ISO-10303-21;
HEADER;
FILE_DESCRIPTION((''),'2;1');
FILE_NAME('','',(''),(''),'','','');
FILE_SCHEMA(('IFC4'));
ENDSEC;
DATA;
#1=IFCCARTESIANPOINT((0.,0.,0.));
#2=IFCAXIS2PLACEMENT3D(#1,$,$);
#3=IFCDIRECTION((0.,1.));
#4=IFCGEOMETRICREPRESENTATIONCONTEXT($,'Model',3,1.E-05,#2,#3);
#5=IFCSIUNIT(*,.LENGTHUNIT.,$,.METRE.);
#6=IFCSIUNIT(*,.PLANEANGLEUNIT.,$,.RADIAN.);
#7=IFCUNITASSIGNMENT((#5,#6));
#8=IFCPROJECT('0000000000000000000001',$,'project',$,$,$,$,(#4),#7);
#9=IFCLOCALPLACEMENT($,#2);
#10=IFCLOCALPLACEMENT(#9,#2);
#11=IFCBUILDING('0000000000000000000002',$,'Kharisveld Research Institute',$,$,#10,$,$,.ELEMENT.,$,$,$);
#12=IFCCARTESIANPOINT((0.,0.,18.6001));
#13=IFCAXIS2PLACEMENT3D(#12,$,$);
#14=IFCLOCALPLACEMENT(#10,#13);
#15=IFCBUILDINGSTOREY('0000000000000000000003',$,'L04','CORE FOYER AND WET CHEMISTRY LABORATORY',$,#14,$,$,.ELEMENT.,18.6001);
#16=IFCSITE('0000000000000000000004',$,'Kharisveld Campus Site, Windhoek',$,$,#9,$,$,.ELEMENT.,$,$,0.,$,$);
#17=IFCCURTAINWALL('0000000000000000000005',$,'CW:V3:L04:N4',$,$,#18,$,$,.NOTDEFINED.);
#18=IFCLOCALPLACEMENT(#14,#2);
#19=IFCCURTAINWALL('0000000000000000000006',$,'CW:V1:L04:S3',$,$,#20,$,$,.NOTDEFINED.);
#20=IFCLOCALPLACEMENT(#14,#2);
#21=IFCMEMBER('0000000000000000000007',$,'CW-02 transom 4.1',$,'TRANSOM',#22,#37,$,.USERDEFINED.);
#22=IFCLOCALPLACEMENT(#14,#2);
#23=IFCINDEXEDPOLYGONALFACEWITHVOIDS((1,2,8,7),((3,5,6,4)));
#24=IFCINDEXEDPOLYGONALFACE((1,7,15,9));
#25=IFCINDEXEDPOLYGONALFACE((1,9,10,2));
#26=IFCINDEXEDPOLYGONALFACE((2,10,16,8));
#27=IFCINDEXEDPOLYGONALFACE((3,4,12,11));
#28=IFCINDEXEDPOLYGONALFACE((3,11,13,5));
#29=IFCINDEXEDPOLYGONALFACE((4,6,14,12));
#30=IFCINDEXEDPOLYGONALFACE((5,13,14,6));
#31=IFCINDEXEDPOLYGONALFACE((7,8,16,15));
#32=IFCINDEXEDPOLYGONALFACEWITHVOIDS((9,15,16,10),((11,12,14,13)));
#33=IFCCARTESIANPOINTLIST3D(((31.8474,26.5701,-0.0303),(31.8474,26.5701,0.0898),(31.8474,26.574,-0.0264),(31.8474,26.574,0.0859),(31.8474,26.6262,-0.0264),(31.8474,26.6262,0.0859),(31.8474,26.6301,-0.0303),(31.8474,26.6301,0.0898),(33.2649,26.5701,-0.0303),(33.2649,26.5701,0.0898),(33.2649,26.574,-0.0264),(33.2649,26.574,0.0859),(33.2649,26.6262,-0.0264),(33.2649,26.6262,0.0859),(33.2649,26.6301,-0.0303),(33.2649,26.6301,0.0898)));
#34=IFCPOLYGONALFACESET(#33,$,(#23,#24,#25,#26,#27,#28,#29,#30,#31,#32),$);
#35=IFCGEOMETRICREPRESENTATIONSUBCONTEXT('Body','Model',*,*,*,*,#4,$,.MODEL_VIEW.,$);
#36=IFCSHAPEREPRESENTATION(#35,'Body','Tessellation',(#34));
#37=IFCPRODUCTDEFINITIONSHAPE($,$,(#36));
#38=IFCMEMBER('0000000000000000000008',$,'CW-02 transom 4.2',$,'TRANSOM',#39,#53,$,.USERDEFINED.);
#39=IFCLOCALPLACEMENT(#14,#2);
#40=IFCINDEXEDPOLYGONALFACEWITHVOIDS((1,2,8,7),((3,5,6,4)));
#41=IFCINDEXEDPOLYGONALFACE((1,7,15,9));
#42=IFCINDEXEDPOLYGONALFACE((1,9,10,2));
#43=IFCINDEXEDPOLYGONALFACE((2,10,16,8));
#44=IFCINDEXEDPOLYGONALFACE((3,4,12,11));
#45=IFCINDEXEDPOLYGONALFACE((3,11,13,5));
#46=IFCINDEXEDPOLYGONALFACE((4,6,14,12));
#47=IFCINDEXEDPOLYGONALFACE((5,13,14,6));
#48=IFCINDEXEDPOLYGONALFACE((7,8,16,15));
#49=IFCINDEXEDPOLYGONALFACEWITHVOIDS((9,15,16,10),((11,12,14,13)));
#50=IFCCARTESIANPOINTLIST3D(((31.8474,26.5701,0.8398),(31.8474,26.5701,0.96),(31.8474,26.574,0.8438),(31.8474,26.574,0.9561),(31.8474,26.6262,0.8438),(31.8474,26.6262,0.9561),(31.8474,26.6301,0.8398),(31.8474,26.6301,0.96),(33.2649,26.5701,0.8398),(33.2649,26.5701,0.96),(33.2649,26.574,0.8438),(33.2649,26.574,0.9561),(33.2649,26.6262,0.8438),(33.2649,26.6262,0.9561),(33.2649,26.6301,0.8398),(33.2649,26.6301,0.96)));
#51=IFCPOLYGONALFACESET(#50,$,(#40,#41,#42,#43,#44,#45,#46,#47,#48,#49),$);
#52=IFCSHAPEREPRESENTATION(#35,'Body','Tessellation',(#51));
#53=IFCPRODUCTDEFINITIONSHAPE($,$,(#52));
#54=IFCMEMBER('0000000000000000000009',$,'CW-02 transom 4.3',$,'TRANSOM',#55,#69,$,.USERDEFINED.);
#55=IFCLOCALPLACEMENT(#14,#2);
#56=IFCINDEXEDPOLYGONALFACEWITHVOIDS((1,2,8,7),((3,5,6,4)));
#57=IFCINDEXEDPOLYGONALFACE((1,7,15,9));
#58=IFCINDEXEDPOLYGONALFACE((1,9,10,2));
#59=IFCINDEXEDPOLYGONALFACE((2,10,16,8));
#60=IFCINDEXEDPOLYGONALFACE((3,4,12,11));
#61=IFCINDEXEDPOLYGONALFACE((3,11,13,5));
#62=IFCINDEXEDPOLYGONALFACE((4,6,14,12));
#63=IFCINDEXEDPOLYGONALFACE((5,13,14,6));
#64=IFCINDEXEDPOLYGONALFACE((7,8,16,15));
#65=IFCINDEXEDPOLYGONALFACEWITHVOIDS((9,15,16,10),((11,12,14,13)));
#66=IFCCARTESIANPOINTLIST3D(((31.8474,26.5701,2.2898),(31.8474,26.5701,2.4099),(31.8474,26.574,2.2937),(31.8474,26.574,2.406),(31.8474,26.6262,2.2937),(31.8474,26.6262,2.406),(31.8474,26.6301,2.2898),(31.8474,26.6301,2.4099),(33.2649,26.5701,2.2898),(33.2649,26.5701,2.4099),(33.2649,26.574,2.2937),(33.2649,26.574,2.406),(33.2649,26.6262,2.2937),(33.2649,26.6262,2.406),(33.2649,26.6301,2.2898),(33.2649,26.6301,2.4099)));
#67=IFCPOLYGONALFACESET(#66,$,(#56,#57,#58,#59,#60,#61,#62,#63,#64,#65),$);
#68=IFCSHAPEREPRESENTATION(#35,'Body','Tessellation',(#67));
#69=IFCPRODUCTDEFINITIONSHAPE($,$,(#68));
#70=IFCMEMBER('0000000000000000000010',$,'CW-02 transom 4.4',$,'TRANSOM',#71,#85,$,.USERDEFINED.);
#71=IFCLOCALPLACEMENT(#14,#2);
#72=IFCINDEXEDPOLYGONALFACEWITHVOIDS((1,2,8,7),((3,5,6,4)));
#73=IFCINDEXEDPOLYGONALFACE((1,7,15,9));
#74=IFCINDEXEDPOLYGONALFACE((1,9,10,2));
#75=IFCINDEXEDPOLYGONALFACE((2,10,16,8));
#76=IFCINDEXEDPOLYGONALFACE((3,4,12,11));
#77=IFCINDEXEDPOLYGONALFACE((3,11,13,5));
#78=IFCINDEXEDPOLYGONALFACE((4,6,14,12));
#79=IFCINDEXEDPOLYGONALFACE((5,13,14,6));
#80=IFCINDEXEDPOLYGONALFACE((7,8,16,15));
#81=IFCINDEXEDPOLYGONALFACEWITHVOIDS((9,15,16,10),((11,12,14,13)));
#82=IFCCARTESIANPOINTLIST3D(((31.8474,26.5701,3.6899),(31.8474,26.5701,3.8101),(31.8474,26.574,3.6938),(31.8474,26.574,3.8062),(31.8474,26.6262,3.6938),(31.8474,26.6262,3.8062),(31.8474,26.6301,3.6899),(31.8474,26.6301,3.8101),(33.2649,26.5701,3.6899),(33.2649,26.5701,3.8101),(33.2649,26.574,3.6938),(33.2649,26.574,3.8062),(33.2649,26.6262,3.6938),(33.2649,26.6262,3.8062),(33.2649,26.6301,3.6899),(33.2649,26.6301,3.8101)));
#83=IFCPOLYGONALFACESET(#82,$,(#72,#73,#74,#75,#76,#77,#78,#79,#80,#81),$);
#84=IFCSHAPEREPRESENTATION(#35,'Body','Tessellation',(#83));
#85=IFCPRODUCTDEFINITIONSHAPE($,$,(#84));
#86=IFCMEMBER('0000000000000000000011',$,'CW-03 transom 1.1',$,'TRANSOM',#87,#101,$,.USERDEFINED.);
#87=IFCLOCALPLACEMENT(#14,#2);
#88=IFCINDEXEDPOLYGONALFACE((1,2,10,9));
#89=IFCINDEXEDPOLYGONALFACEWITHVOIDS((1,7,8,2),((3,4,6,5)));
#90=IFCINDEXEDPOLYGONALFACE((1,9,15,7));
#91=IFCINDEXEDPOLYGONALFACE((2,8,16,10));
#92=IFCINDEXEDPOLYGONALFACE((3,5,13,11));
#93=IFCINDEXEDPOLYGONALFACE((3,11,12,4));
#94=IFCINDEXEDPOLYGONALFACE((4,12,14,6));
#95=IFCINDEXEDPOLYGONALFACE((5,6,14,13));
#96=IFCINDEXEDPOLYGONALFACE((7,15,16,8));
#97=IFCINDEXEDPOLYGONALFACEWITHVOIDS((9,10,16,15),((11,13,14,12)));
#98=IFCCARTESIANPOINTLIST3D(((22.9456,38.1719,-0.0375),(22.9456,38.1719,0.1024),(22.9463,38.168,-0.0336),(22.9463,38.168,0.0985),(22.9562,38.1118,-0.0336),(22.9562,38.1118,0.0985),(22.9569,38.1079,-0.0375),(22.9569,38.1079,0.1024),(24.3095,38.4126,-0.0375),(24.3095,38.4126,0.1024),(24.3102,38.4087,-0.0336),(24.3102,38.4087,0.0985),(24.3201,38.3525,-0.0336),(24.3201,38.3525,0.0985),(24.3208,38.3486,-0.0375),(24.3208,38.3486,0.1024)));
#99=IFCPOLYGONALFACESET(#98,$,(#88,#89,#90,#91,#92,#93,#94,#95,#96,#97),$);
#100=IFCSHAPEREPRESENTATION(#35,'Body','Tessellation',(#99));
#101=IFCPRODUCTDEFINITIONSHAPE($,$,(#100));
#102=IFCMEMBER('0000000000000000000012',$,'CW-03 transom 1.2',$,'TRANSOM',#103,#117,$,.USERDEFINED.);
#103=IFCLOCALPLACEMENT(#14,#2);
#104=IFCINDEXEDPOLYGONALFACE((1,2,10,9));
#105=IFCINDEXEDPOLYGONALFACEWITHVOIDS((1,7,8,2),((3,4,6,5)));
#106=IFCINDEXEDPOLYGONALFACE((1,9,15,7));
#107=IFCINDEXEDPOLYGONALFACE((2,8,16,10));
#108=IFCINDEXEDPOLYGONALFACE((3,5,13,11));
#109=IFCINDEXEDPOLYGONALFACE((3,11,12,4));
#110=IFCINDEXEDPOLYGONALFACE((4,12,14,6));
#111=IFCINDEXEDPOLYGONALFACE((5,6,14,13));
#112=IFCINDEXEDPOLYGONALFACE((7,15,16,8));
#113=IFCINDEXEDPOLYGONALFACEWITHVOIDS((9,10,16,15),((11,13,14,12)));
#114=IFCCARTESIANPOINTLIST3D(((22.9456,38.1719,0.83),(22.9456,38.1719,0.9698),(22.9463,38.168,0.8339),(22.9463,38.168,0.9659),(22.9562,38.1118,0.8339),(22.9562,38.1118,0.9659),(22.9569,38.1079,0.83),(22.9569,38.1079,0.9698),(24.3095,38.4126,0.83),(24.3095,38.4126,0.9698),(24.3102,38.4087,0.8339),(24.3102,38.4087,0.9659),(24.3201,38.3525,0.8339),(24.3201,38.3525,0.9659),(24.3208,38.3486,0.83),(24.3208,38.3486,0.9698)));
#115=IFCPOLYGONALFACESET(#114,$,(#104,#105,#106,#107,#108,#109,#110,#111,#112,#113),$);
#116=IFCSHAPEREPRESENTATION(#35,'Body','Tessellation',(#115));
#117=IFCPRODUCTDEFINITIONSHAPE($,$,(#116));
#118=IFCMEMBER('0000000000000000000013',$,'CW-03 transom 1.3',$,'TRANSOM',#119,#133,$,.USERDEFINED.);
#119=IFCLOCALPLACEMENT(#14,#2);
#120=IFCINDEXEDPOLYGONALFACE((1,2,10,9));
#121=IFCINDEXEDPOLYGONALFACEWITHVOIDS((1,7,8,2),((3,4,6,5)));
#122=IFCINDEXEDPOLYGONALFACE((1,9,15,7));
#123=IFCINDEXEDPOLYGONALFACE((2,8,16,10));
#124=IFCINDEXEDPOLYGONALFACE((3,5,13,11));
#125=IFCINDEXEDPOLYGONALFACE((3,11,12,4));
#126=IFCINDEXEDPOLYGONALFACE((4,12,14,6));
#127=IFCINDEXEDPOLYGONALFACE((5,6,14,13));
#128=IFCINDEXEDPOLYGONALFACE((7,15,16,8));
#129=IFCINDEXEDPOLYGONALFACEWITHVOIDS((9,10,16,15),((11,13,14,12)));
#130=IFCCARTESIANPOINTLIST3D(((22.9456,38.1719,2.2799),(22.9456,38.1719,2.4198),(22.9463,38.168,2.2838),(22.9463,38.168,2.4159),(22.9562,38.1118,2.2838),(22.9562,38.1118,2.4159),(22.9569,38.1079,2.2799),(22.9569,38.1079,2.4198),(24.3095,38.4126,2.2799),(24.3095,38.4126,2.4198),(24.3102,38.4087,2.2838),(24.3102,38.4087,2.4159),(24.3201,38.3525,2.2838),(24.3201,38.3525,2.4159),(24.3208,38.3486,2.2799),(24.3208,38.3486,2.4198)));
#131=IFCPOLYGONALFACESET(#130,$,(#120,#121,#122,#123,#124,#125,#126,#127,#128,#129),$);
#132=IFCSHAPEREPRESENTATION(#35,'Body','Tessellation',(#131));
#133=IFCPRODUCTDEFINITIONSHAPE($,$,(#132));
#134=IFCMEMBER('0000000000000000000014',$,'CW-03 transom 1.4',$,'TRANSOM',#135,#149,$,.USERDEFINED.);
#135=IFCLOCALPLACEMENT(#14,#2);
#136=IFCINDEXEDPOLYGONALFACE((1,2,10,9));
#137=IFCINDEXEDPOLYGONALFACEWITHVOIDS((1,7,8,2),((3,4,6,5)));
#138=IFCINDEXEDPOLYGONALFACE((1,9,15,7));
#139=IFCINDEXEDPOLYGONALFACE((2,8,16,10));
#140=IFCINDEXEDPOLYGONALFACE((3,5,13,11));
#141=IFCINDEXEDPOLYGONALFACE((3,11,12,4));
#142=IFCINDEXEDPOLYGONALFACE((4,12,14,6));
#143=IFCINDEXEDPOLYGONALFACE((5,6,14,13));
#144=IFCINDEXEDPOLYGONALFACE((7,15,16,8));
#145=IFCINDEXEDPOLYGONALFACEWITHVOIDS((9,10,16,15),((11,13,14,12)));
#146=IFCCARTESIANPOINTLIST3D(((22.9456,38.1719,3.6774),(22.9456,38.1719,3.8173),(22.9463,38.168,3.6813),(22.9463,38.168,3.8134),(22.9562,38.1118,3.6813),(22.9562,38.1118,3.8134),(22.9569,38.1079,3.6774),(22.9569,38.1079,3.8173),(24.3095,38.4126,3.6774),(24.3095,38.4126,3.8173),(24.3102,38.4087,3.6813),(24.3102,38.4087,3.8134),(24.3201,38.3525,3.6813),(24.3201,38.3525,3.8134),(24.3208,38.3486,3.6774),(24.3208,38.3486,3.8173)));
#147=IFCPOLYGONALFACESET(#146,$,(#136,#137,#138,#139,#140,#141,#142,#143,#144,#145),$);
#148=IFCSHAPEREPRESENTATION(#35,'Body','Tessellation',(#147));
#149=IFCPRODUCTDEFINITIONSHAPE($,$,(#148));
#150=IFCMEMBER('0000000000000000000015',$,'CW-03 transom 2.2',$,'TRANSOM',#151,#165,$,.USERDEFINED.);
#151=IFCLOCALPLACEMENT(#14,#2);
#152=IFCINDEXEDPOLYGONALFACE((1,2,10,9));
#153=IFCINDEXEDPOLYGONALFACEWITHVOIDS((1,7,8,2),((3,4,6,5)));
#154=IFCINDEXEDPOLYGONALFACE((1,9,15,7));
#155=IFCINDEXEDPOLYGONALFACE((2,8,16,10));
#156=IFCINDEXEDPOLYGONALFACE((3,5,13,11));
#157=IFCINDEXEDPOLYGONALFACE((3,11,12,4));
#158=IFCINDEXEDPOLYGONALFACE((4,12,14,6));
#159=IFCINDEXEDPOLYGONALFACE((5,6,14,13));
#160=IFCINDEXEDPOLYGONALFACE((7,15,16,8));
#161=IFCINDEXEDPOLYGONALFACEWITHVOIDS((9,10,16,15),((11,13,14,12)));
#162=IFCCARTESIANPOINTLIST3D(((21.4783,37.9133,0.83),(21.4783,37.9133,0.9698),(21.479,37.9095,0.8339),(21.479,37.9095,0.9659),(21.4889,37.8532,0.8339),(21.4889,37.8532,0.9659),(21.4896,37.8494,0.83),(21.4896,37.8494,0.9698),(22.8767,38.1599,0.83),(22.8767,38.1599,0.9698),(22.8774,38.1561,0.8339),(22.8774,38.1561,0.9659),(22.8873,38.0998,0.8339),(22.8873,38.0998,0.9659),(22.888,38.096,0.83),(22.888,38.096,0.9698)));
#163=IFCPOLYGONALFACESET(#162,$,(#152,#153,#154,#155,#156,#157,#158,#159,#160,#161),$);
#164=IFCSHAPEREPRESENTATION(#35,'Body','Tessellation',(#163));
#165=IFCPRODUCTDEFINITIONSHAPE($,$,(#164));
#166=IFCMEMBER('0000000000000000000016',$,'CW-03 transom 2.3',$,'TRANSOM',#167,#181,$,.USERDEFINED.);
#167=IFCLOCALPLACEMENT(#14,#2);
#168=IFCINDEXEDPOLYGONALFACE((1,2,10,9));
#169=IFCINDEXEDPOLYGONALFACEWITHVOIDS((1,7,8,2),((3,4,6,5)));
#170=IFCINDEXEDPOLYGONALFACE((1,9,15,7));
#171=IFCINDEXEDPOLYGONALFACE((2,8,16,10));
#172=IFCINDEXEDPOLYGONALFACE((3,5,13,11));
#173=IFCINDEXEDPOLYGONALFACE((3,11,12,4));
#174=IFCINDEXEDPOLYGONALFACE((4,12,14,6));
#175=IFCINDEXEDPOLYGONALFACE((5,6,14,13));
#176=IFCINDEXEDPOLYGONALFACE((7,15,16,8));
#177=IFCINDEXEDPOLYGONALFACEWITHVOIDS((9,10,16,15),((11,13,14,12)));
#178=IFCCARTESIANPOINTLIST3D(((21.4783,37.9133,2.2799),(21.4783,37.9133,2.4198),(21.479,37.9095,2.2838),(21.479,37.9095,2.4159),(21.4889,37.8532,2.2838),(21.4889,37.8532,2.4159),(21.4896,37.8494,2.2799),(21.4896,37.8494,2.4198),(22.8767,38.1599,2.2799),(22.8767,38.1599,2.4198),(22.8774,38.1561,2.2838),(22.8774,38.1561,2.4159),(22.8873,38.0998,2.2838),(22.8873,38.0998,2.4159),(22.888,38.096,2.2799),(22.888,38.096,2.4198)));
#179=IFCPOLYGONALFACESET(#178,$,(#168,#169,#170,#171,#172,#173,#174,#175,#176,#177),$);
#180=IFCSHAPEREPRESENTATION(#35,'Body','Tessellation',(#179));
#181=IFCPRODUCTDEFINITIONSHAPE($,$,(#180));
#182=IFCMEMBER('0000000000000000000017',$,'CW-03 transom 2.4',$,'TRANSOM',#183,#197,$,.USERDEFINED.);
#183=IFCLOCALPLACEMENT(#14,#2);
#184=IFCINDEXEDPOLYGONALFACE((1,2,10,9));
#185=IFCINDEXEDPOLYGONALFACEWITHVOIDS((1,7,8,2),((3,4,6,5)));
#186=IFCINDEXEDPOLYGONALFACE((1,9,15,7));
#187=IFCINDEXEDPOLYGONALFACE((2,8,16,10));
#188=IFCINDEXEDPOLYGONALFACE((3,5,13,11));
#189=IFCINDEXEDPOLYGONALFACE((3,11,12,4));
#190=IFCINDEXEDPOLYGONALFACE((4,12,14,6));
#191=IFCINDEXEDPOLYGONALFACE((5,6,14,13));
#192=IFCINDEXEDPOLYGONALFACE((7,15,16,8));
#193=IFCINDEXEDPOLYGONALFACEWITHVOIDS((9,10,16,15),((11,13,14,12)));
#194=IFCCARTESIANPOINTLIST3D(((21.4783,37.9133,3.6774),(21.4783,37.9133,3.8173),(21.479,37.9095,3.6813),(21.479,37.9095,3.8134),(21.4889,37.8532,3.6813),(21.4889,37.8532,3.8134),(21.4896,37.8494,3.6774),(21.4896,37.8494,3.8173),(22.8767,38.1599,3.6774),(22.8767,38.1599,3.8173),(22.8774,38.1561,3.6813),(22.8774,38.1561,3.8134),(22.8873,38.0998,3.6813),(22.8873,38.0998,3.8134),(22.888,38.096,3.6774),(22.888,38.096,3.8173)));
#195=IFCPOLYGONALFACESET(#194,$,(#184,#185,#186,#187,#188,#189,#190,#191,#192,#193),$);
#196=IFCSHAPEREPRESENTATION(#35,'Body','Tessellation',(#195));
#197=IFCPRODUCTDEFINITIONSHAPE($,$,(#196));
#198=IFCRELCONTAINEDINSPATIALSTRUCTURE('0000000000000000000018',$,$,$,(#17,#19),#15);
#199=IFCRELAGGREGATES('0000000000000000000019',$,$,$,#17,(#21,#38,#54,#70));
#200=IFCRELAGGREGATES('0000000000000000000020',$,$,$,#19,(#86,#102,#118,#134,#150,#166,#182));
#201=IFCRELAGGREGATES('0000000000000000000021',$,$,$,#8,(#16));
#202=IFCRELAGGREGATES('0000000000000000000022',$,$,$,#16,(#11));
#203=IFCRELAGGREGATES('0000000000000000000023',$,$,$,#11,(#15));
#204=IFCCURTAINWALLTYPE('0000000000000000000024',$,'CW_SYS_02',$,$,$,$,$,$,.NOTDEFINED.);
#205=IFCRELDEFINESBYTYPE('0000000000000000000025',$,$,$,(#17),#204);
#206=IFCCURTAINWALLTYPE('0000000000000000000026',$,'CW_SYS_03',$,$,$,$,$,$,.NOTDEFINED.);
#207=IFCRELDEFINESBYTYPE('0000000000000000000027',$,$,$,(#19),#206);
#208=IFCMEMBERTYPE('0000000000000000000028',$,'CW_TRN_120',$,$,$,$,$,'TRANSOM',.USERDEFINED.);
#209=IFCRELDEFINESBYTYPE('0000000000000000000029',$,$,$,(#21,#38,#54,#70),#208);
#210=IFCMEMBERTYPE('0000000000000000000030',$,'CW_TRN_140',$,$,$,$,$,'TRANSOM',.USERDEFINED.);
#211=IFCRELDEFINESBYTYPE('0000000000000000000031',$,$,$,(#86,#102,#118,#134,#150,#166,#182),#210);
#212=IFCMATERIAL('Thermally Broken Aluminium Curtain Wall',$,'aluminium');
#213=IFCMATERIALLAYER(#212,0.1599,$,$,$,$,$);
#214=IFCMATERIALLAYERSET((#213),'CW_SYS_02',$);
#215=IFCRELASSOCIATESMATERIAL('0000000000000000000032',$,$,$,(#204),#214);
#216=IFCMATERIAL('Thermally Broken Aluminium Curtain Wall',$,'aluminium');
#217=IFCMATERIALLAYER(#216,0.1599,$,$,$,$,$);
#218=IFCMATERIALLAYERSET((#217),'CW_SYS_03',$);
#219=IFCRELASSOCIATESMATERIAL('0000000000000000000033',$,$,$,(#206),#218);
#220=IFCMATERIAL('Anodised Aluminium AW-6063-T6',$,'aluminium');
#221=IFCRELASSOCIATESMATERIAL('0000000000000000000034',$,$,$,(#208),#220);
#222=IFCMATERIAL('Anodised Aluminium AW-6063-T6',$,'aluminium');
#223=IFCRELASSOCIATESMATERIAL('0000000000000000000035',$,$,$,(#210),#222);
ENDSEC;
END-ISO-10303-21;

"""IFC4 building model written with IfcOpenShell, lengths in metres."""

from ifc_helpers import new_model, si_unit, direction, frame, origin, origin_2d, place, context, subcontext, project, spatial, hollow_rectangle, extrude, material, layer, layer_set, material_profile, profile_set, type_object, element, aggregate, save


model = new_model("IFC4")

# Units and contexts
model_context = context("Model", 3, precision=1e-05, world=origin(), true_north=direction((0.0, 1.0)))
body_context = subcontext(model_context, "Body", "Model", "MODEL_VIEW")
ifc_project = project(units=[si_unit("LENGTHUNIT", "METRE"), si_unit("PLANEANGLEUNIT", "RADIAN")], contexts=[model_context])

# Site, building, storey
site_placement = place(None, origin())
site = spatial("IfcSite", under=ifc_project, at=site_placement, Name="Kharisveld Campus Site, Windhoek", CompositionType="ELEMENT", RefElevation=0.0)
building_placement = place(site_placement, origin())
building = spatial("IfcBuilding", under=site, at=building_placement, Name="Kharisveld Research Institute", CompositionType="ELEMENT")
storey_placement = place(building_placement, frame((0.0, 0.0, 18.6001)))
storey = spatial("IfcBuildingStorey", under=building, at=storey_placement, Name="L04", Description="CORE FOYER AND WET CHEMISTRY LABORATORY", CompositionType="ELEMENT", Elevation=18.6001)

# Curtain wall
ifc_material_1 = material(Name="Thermally Broken Aluminium Curtain Wall", Category="aluminium")
ifc_layer_1 = layer(ifc_material_1, 0.1599)
ifc_layer_set_1 = layer_set([ifc_layer_1], Name="CW_SYS_02")
curtain_wall_type_1 = type_object("IfcCurtainWallType", Name="CW_SYS_02", PredefinedType="NOTDEFINED", material=ifc_layer_set_1)
curtain_wall_1_placement = place(storey_placement, origin())
curtain_wall_1 = element("IfcCurtainWall", 1, at=curtain_wall_1_placement, inside=storey, type_object=curtain_wall_type_1, Name="CW:V3:L04:N4", PredefinedType="NOTDEFINED")

# Curtain wall
ifc_material_2 = material(Name="Thermally Broken Aluminium Curtain Wall", Category="aluminium")
ifc_layer_2 = layer(ifc_material_2, 0.1599)
ifc_layer_set_2 = layer_set([ifc_layer_2], Name="CW_SYS_03")
curtain_wall_type_2 = type_object("IfcCurtainWallType", Name="CW_SYS_03", PredefinedType="NOTDEFINED", material=ifc_layer_set_2)
curtain_wall_2_placement = place(storey_placement, origin())
curtain_wall_2 = element("IfcCurtainWall", 2, at=curtain_wall_2_placement, inside=storey, type_object=curtain_wall_type_2, Name="CW:V1:L04:S3", PredefinedType="NOTDEFINED")

# Members
ifc_material_3 = material(Name="Anodised Aluminium AW-6063-T6", Category="aluminium")
ifc_material_profile_1 = material_profile(ifc_material_3, hollow_rectangle(XDim=0.0601, YDim=0.1201, WallThickness=0.0039, at=origin_2d()))
ifc_profile_set_1 = profile_set([ifc_material_profile_1], Name="Anodised Aluminium AW-6063-T6")
member_type_1 = type_object("IfcMemberType", Name="CW_TRN_120", ElementType="TRANSOM", PredefinedType="USERDEFINED", material=ifc_profile_set_1)
member_1_placement = place(storey_placement, frame((31.8474, 26.6001, 0.0298), z_axis=(1.0, 0.0, 0.0), x_axis=(0.0, 1.0, 0.0)))
member_1 = element("IfcMember", 3, at=member_1_placement, type_object=member_type_1, Name="CW-02 transom 4.1", ObjectType="TRANSOM", PredefinedType="USERDEFINED", context=body_context, shape_type="SweptSolid", body=[
    extrude(hollow_rectangle(XDim=0.0601, YDim=0.1201, WallThickness=0.0039, at=origin_2d()), origin(), (0.0, 0.0, 1.0), 1.4175),
])
member_2_placement = place(storey_placement, frame((31.8474, 26.6001, 0.8999), z_axis=(1.0, 0.0, 0.0), x_axis=(0.0, 1.0, 0.0)))
member_2 = element("IfcMember", 4, at=member_2_placement, type_object=member_type_1, Name="CW-02 transom 4.2", ObjectType="TRANSOM", PredefinedType="USERDEFINED", context=body_context, shape_type="SweptSolid", body=[
    extrude(hollow_rectangle(XDim=0.0601, YDim=0.1201, WallThickness=0.0039, at=origin_2d()), origin(), (0.0, 0.0, 1.0), 1.4175),
])
member_3_placement = place(storey_placement, frame((31.8474, 26.6001, 2.3499), z_axis=(1.0, 0.0, 0.0), x_axis=(0.0, 1.0, 0.0)))
member_3 = element("IfcMember", 5, at=member_3_placement, type_object=member_type_1, Name="CW-02 transom 4.3", ObjectType="TRANSOM", PredefinedType="USERDEFINED", context=body_context, shape_type="SweptSolid", body=[
    extrude(hollow_rectangle(XDim=0.0601, YDim=0.1201, WallThickness=0.0039, at=origin_2d()), origin(), (0.0, 0.0, 1.0), 1.4175),
])
member_4_placement = place(storey_placement, frame((31.8474, 26.6001, 3.75), z_axis=(1.0, 0.0, 0.0), x_axis=(0.0, 1.0, 0.0)))
member_4 = element("IfcMember", 6, at=member_4_placement, type_object=member_type_1, Name="CW-02 transom 4.4", ObjectType="TRANSOM", PredefinedType="USERDEFINED", context=body_context, shape_type="SweptSolid", body=[
    extrude(hollow_rectangle(XDim=0.0601, YDim=0.1201, WallThickness=0.0039, at=origin_2d()), origin(), (0.0, 0.0, 1.0), 1.4175),
])
ifc_material_4 = material(Name="Anodised Aluminium AW-6063-T6", Category="aluminium")
ifc_material_profile_2 = material_profile(ifc_material_4, hollow_rectangle(XDim=0.0649, YDim=0.1399, WallThickness=0.0039, at=origin_2d()))
ifc_profile_set_2 = profile_set([ifc_material_profile_2], Name="Anodised Aluminium AW-6063-T6")
member_type_2 = type_object("IfcMemberType", Name="CW_TRN_140", ElementType="TRANSOM", PredefinedType="USERDEFINED", material=ifc_profile_set_2)
member_5_placement = place(storey_placement, frame((24.3152, 38.3806, 0.0325), z_axis=(-0.984782, -0.173795, 0.0), x_axis=(0.173795, -0.984782, 0.0)))
member_5 = element("IfcMember", 7, at=member_5_placement, type_object=member_type_2, Name="CW-03 transom 1.1", ObjectType="TRANSOM", PredefinedType="USERDEFINED", context=body_context, shape_type="SweptSolid", body=[
    extrude(hollow_rectangle(XDim=0.0649, YDim=0.1399, WallThickness=0.0039, at=origin_2d()), origin(), (0.0, 0.0, 1.0), 1.385),
])
member_6_placement = place(storey_placement, frame((24.3152, 38.3806, 0.8999), z_axis=(-0.984782, -0.173795, 0.0), x_axis=(0.173795, -0.984782, 0.0)))
member_6 = element("IfcMember", 8, at=member_6_placement, type_object=member_type_2, Name="CW-03 transom 1.2", ObjectType="TRANSOM", PredefinedType="USERDEFINED", context=body_context, shape_type="SweptSolid", body=[
    extrude(hollow_rectangle(XDim=0.0649, YDim=0.1399, WallThickness=0.0039, at=origin_2d()), origin(), (0.0, 0.0, 1.0), 1.385),
])
member_7_placement = place(storey_placement, frame((24.3152, 38.3806, 2.3499), z_axis=(-0.984782, -0.173795, 0.0), x_axis=(0.173795, -0.984782, 0.0)))
member_7 = element("IfcMember", 9, at=member_7_placement, type_object=member_type_2, Name="CW-03 transom 1.3", ObjectType="TRANSOM", PredefinedType="USERDEFINED", context=body_context, shape_type="SweptSolid", body=[
    extrude(hollow_rectangle(XDim=0.0649, YDim=0.1399, WallThickness=0.0039, at=origin_2d()), origin(), (0.0, 0.0, 1.0), 1.385),
])
member_8_placement = place(storey_placement, frame((24.3152, 38.3806, 3.7473), z_axis=(-0.984782, -0.173795, 0.0), x_axis=(0.173795, -0.984782, 0.0)))
member_8 = element("IfcMember", 10, at=member_8_placement, type_object=member_type_2, Name="CW-03 transom 1.4", ObjectType="TRANSOM", PredefinedType="USERDEFINED", context=body_context, shape_type="SweptSolid", body=[
    extrude(hollow_rectangle(XDim=0.0649, YDim=0.1399, WallThickness=0.0039, at=origin_2d()), origin(), (0.0, 0.0, 1.0), 1.385),
])
member_9_placement = place(storey_placement, frame((22.8823, 38.1279, 0.8999), z_axis=(-0.984808, -0.173648, 0.0), x_axis=(0.173648, -0.984808, 0.0)))
member_9 = element("IfcMember", 11, at=member_9_placement, type_object=member_type_2, Name="CW-03 transom 2.2", ObjectType="TRANSOM", PredefinedType="USERDEFINED", context=body_context, shape_type="SweptSolid", body=[
    extrude(hollow_rectangle(XDim=0.0649, YDim=0.1399, WallThickness=0.0039, at=origin_2d()), origin(), (0.0, 0.0, 1.0), 1.4199),
])
member_10_placement = place(storey_placement, frame((22.8823, 38.1279, 2.3499), z_axis=(-0.984808, -0.173648, 0.0), x_axis=(0.173648, -0.984808, 0.0)))
member_10 = element("IfcMember", 12, at=member_10_placement, type_object=member_type_2, Name="CW-03 transom 2.3", ObjectType="TRANSOM", PredefinedType="USERDEFINED", context=body_context, shape_type="SweptSolid", body=[
    extrude(hollow_rectangle(XDim=0.0649, YDim=0.1399, WallThickness=0.0039, at=origin_2d()), origin(), (0.0, 0.0, 1.0), 1.4199),
])
member_11_placement = place(storey_placement, frame((22.8823, 38.1279, 3.7473), z_axis=(-0.984808, -0.173648, 0.0), x_axis=(0.173648, -0.984808, 0.0)))
member_11 = element("IfcMember", 13, at=member_11_placement, type_object=member_type_2, Name="CW-03 transom 2.4", ObjectType="TRANSOM", PredefinedType="USERDEFINED", context=body_context, shape_type="SweptSolid", body=[
    extrude(hollow_rectangle(XDim=0.0649, YDim=0.1399, WallThickness=0.0039, at=origin_2d()), origin(), (0.0, 0.0, 1.0), 1.4199),
])

aggregate(curtain_wall_1, [member_1, member_2, member_3, member_4])
aggregate(curtain_wall_2, [member_5, member_6, member_7, member_8, member_9, member_10, member_11])

save(model, "model.ifc")
